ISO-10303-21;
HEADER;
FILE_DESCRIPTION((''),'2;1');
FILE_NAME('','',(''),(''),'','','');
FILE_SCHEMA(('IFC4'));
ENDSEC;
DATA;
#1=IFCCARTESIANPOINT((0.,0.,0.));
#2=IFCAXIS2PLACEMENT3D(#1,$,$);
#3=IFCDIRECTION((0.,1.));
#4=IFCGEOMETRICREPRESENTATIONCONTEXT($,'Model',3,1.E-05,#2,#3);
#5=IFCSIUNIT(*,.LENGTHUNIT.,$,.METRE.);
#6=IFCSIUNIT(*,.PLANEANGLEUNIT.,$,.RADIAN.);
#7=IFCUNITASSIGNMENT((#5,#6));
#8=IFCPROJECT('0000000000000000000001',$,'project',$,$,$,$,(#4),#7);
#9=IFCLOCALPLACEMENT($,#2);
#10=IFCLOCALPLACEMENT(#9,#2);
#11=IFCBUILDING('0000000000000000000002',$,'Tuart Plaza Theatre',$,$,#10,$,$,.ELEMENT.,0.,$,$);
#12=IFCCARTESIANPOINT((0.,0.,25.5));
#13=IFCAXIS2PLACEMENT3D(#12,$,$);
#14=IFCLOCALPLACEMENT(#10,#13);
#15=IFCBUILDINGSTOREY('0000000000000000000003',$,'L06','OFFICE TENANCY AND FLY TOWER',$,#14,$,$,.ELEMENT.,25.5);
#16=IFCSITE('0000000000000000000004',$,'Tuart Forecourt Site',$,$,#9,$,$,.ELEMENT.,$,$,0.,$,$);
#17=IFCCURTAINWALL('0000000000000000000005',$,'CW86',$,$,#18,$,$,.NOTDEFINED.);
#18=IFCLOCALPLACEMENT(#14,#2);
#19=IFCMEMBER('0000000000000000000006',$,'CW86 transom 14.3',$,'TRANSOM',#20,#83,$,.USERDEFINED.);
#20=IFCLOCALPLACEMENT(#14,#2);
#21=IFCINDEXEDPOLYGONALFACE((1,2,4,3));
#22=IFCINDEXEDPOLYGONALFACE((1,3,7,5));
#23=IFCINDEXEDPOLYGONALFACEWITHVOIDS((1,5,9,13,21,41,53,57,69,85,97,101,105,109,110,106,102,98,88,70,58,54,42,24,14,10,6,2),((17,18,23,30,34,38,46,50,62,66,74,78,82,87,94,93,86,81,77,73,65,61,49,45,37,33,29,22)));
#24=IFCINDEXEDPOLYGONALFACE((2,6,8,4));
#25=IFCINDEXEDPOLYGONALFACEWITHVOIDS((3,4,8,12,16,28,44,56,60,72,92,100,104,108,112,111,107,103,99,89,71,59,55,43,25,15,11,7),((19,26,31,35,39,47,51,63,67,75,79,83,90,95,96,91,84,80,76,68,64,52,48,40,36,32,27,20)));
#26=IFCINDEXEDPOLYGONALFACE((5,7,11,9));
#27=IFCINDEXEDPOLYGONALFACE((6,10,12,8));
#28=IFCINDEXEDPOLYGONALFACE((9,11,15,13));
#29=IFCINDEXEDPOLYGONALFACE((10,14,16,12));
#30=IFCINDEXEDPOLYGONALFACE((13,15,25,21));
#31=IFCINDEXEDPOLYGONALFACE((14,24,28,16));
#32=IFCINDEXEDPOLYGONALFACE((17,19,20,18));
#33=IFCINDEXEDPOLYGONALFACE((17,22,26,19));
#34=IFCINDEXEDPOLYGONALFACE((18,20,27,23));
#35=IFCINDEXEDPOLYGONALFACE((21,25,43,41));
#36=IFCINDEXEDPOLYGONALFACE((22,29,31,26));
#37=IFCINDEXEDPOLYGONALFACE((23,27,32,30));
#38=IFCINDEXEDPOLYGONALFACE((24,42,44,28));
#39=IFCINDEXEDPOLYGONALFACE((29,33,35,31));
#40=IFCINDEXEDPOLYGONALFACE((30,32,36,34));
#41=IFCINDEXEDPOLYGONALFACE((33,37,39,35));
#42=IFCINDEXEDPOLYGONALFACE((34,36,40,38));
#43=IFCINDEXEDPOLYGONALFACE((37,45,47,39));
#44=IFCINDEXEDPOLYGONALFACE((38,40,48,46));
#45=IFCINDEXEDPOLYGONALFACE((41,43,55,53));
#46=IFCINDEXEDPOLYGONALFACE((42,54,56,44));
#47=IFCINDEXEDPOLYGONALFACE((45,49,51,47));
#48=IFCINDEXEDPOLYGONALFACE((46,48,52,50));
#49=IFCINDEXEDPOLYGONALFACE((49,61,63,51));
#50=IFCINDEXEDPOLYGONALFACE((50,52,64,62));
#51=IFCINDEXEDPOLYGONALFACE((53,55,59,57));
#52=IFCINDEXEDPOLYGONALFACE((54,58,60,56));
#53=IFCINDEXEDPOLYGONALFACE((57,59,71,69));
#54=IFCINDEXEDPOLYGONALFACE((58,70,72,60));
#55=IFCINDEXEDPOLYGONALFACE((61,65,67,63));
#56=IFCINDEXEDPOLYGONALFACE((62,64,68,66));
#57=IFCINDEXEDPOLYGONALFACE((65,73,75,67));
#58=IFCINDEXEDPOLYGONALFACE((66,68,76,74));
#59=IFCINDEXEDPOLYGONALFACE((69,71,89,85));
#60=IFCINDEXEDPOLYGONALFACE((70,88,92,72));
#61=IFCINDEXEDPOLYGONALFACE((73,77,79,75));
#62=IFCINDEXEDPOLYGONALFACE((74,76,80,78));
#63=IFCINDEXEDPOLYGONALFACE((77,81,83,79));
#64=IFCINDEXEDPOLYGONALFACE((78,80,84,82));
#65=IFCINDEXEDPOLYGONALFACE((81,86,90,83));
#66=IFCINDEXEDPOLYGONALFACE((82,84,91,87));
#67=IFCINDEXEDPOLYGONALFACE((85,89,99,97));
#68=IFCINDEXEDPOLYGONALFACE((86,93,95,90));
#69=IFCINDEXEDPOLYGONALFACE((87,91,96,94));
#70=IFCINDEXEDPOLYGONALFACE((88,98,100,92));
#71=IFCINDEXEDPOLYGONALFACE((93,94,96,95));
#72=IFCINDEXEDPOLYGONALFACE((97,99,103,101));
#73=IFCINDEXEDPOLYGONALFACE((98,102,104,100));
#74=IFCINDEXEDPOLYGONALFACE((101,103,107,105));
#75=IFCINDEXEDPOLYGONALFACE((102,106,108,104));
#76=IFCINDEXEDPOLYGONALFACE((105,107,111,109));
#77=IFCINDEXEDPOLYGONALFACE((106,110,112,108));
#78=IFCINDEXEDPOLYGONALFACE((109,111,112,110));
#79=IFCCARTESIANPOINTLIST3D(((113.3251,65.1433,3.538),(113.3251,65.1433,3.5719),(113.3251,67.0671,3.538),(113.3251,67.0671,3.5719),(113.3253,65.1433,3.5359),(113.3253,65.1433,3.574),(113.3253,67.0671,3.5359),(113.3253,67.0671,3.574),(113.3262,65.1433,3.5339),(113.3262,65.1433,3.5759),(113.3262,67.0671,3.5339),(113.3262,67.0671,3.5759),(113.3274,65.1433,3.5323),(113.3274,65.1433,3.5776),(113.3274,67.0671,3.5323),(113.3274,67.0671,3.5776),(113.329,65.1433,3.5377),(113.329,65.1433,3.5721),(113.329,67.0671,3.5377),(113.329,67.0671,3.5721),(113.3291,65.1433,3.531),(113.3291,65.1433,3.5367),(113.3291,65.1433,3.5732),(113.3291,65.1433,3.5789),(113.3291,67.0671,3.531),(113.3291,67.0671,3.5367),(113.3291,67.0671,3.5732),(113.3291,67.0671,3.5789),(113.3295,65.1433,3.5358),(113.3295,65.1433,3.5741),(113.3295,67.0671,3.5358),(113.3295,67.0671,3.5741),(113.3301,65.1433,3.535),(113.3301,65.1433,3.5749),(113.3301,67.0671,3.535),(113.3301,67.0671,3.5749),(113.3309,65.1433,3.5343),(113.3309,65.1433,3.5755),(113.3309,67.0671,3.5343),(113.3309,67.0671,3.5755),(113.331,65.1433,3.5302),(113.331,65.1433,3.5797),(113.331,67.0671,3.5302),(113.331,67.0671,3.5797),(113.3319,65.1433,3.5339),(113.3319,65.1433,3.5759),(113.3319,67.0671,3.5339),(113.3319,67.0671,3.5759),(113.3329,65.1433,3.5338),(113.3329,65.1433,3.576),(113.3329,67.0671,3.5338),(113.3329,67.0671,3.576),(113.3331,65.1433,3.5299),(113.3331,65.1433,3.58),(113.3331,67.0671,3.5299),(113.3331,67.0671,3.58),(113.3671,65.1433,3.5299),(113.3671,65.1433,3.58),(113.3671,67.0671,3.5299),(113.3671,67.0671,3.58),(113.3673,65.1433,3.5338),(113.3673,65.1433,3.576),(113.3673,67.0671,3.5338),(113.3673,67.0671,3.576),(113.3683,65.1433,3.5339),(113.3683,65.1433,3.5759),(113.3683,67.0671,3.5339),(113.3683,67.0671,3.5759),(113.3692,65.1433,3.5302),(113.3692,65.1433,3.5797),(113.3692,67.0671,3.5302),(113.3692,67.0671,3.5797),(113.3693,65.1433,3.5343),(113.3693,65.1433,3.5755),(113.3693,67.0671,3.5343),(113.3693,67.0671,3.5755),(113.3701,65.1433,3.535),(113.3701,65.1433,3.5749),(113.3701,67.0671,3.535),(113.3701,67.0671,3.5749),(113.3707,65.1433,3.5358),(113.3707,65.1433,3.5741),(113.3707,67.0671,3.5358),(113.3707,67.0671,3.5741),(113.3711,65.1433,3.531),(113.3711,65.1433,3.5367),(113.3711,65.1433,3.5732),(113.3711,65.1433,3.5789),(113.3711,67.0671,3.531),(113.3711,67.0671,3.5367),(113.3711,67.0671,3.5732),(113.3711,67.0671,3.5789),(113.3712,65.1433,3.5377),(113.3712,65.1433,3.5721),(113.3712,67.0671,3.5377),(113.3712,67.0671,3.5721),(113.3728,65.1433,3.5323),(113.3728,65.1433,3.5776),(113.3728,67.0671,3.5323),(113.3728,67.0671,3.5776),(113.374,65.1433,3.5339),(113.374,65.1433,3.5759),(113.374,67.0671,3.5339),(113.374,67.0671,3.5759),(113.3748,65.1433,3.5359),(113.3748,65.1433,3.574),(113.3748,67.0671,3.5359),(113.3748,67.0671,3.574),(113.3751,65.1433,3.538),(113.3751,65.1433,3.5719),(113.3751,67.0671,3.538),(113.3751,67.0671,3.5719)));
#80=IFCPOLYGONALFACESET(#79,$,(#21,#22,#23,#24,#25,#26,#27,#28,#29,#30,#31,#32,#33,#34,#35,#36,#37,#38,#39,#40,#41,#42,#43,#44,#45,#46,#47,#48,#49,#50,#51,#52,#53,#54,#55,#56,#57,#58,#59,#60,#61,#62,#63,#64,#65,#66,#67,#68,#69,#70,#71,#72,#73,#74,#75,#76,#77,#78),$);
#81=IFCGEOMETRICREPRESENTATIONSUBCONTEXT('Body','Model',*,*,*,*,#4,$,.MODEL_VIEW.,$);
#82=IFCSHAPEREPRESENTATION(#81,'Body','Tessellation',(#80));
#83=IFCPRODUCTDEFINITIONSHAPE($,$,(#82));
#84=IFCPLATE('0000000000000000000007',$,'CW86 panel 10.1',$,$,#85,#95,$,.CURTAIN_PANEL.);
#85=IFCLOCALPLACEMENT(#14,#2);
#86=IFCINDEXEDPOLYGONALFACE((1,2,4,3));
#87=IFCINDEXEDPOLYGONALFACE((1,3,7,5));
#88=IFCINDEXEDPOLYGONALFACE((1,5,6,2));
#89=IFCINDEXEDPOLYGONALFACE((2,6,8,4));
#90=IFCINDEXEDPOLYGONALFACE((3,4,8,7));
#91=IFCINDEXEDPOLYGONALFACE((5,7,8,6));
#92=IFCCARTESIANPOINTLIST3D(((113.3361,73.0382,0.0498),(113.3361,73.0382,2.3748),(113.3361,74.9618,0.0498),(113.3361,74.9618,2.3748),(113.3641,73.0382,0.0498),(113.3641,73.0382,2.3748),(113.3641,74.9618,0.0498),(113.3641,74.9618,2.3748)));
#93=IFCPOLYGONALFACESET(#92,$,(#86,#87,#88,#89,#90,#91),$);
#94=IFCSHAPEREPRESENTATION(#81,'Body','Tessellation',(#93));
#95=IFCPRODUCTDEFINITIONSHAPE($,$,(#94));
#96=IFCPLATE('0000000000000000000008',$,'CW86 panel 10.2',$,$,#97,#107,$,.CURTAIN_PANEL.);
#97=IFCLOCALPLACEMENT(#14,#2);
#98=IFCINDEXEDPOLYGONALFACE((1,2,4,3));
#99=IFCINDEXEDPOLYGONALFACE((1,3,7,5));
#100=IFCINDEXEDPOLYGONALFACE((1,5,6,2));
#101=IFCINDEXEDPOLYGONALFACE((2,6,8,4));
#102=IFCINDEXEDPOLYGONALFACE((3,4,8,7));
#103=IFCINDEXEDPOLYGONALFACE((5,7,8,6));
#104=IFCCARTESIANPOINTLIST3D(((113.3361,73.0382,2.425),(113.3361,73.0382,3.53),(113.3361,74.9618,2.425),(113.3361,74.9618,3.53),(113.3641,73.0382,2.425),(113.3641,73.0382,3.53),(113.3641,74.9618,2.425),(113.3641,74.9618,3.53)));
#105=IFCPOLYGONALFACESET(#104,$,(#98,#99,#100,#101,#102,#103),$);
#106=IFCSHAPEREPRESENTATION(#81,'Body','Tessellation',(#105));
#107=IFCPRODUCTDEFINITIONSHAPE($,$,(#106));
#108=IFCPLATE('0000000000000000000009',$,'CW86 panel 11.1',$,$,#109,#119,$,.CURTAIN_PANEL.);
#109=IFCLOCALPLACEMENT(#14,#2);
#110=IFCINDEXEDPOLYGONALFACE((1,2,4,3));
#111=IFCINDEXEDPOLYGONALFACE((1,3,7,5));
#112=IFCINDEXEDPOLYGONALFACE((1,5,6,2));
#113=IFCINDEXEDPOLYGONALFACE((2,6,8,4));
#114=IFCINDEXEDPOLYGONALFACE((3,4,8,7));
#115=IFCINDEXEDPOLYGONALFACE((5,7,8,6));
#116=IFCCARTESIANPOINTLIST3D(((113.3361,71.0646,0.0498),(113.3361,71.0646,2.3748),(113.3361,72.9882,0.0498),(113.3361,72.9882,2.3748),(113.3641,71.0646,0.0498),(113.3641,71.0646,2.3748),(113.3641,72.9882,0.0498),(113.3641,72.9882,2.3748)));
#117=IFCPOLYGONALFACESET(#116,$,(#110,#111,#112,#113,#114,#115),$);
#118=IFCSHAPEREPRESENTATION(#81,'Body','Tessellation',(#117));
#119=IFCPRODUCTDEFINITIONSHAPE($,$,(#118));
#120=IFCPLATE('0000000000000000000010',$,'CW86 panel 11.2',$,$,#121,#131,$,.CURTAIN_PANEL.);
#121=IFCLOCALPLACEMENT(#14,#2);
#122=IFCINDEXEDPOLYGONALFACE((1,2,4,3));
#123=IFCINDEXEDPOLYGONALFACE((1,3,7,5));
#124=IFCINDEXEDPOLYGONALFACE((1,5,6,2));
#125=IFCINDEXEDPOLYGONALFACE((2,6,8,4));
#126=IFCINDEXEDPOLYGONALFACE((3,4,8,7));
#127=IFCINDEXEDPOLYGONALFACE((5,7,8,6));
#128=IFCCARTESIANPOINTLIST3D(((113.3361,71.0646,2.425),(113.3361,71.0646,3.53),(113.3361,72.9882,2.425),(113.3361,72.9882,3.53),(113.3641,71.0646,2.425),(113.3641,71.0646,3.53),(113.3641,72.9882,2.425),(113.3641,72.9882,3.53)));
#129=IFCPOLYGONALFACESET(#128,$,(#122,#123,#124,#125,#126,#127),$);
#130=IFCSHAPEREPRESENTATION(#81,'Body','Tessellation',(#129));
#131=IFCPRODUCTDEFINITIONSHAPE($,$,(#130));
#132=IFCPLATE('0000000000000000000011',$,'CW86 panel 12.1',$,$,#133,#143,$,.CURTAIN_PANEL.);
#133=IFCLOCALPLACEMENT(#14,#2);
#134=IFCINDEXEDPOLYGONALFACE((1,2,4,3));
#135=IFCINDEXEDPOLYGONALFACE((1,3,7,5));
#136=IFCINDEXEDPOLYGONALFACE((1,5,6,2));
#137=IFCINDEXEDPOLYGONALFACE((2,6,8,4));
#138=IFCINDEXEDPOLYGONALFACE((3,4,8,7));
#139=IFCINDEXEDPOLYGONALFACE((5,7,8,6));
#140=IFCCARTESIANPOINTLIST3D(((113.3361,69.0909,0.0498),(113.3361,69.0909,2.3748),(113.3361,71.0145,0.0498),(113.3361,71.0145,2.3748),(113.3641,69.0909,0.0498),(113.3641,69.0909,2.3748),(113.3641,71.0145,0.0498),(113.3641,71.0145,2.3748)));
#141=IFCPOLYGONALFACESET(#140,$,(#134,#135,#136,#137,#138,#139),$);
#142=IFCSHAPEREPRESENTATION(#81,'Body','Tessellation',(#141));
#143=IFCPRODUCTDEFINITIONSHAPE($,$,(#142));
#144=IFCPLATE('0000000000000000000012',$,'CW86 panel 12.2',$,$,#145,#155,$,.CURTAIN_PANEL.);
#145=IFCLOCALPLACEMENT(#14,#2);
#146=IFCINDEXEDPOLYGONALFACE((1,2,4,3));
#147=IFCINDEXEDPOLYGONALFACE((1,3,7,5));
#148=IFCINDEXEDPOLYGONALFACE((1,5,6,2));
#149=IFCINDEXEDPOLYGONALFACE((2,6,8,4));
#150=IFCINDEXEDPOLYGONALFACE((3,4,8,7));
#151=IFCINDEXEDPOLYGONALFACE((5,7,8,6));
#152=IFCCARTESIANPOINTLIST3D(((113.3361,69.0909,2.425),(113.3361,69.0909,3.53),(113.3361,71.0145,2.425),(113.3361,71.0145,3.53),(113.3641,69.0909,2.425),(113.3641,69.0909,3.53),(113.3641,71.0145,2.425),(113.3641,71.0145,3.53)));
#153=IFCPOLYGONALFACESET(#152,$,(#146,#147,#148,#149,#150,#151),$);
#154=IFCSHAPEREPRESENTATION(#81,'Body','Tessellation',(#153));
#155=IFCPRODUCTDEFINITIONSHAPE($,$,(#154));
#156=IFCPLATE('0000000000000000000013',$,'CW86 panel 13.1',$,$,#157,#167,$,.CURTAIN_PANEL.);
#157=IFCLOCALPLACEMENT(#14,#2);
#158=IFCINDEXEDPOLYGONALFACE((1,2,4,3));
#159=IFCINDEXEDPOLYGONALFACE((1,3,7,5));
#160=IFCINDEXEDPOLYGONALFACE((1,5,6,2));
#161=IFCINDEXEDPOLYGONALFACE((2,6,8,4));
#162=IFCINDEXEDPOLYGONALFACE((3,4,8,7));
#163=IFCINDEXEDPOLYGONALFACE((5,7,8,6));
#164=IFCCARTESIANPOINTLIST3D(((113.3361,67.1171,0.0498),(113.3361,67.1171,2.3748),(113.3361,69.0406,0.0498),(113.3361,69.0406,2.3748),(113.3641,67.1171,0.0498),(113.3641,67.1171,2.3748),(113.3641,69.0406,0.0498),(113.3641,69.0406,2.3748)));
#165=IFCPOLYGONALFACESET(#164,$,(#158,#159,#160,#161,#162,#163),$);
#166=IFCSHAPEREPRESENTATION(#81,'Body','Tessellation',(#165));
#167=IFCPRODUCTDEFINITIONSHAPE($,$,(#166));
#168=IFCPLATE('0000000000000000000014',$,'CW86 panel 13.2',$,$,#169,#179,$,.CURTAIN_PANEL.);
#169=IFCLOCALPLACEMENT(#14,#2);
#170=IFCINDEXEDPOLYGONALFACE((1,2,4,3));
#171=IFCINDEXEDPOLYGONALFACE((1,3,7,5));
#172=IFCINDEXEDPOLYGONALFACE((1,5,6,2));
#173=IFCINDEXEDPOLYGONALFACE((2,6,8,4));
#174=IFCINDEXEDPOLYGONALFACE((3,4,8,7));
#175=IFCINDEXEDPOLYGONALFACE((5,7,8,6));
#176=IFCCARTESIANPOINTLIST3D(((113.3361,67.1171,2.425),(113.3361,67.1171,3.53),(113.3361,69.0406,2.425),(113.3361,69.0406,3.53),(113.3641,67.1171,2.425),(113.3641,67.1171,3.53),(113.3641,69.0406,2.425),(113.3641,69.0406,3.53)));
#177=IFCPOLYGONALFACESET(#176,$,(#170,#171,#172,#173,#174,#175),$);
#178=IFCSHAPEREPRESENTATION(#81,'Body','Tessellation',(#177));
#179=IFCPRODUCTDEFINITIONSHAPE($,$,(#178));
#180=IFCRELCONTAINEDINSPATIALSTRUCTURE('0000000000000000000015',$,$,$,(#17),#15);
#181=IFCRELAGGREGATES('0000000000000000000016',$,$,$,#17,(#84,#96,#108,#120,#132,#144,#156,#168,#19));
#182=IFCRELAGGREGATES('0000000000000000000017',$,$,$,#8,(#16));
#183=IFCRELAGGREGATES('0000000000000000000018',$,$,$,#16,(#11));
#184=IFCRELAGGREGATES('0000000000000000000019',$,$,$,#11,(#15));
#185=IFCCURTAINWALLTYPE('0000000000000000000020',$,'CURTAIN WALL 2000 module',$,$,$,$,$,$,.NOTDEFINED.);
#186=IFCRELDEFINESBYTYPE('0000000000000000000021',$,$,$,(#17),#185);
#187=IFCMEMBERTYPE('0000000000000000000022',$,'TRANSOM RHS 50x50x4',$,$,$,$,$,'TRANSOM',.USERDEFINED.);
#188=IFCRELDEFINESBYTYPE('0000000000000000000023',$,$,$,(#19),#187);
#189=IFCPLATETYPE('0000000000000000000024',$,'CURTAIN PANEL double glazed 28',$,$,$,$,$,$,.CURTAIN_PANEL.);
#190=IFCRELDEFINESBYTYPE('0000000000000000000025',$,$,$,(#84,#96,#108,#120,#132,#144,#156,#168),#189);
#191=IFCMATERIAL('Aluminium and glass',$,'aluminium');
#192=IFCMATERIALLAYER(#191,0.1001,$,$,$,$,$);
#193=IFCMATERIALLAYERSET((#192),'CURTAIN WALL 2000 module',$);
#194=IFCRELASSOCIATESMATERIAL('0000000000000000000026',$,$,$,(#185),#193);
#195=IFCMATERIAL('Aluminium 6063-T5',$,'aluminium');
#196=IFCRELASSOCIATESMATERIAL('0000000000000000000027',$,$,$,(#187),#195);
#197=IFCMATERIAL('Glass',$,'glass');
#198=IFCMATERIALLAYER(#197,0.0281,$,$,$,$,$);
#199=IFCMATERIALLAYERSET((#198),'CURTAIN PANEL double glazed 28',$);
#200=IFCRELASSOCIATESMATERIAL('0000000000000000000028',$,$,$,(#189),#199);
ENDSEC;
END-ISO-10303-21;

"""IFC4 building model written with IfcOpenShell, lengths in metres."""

from ifc_helpers import new_model, si_unit, direction, frame, origin, origin_2d, place, context, subcontext, project, spatial, rectangle, hollow_rectangle, extrude, material, layer, layer_set, material_profile, profile_set, type_object, element, aggregate, save


model = new_model("IFC4")

# Units and contexts
model_context = context("Model", 3, precision=1e-05, world=origin(), true_north=direction((0.0, 1.0)))
body_context = subcontext(model_context, "Body", "Model", "MODEL_VIEW")
ifc_project = project(units=[si_unit("LENGTHUNIT", "METRE"), si_unit("PLANEANGLEUNIT", "RADIAN")], contexts=[model_context])

# Site, building, storey
site_placement = place(None, origin())
site = spatial("IfcSite", under=ifc_project, at=site_placement, Name="Tuart Forecourt Site", CompositionType="ELEMENT", RefElevation=0.0)
building_placement = place(site_placement, origin())
building = spatial("IfcBuilding", under=site, at=building_placement, Name="Tuart Plaza Theatre", CompositionType="ELEMENT", ElevationOfRefHeight=0.0)
storey_placement = place(building_placement, frame((0.0, 0.0, 25.5)))
storey = spatial("IfcBuildingStorey", under=building, at=storey_placement, Name="L06", Description="OFFICE TENANCY AND FLY TOWER", CompositionType="ELEMENT", Elevation=25.5)

# Curtain wall, member, plates
ifc_material_1 = material(Name="Aluminium and glass", Category="aluminium")
ifc_layer_1 = layer(ifc_material_1, 0.1001)
ifc_layer_set_1 = layer_set([ifc_layer_1], Name="CURTAIN WALL 2000 module")
curtain_wall_type = type_object("IfcCurtainWallType", Name="CURTAIN WALL 2000 module", PredefinedType="NOTDEFINED", material=ifc_layer_set_1)
curtain_wall_placement = place(storey_placement, origin())
curtain_wall = element("IfcCurtainWall", 1, at=curtain_wall_placement, inside=storey, type_object=curtain_wall_type, Name="CW86", PredefinedType="NOTDEFINED")
ifc_material_2 = material(Name="Aluminium 6063-T5", Category="aluminium")
ifc_material_profile_1 = material_profile(ifc_material_2, hollow_rectangle(XDim=0.05, YDim=0.05, WallThickness=0.0039, InnerFilletRadius=0.0039, OuterFilletRadius=0.0081, at=origin_2d()), Name="RHS 50x50x4")
ifc_profile_set_1 = profile_set([ifc_material_profile_1], Name="Aluminium 6063-T5")
member_type = type_object("IfcMemberType", Name="TRANSOM RHS 50x50x4", ElementType="TRANSOM", PredefinedType="USERDEFINED", material=ifc_profile_set_1)
member_1_placement = place(storey_placement, frame((113.3501, 67.0671, 3.5549), z_axis=(0.0, -1.0, 0.0), x_axis=(1.0, 0.0, 0.0)))
member_1 = element("IfcMember", 2, at=member_1_placement, type_object=member_type, Name="CW86 transom 14.3", ObjectType="TRANSOM", PredefinedType="USERDEFINED", context=body_context, shape_type="SweptSolid", body=[
    extrude(hollow_rectangle(XDim=0.05, YDim=0.05, WallThickness=0.0039, InnerFilletRadius=0.0039, OuterFilletRadius=0.0081, at=origin_2d()), origin(), (0.0, 0.0, 1.0), 1.9238),
])
ifc_material_3 = material(Name="Glass", Category="glass")
ifc_layer_2 = layer(ifc_material_3, 0.0281)
ifc_layer_set_2 = layer_set([ifc_layer_2], Name="CURTAIN PANEL double glazed 28")
plate_type = type_object("IfcPlateType", Name="CURTAIN PANEL double glazed 28", PredefinedType="CURTAIN_PANEL", material=ifc_layer_set_2)
plate_1_placement = place(storey_placement, frame((113.3501, 74.0, 0.0498), z_axis=(0.0, 0.0, 1.0), x_axis=(0.0, -1.0, 0.0)))
plate_1 = element("IfcPlate", 3, at=plate_1_placement, type_object=plate_type, Name="CW86 panel 10.1", PredefinedType="CURTAIN_PANEL", context=body_context, shape_type="SweptSolid", body=[
    extrude(rectangle(XDim=1.9236, YDim=0.0281, at=origin_2d()), origin(), (0.0, 0.0, 1.0), 2.325),
])
plate_2_placement = place(storey_placement, frame((113.3501, 74.0, 2.425), z_axis=(0.0, 0.0, 1.0), x_axis=(0.0, -1.0, 0.0)))
plate_2 = element("IfcPlate", 4, at=plate_2_placement, type_object=plate_type, Name="CW86 panel 10.2", PredefinedType="CURTAIN_PANEL", context=body_context, shape_type="SweptSolid", body=[
    extrude(rectangle(XDim=1.9236, YDim=0.0281, at=origin_2d()), origin(), (0.0, 0.0, 1.0), 1.105),
])
plate_3_placement = place(storey_placement, frame((113.3501, 72.0264, 0.0498), z_axis=(0.0, 0.0, 1.0), x_axis=(0.0, -1.0, 0.0)))
plate_3 = element("IfcPlate", 5, at=plate_3_placement, type_object=plate_type, Name="CW86 panel 11.1", PredefinedType="CURTAIN_PANEL", context=body_context, shape_type="SweptSolid", body=[
    extrude(rectangle(XDim=1.9236, YDim=0.0281, at=origin_2d()), origin(), (0.0, 0.0, 1.0), 2.325),
])
plate_4_placement = place(storey_placement, frame((113.3501, 72.0264, 2.425), z_axis=(0.0, 0.0, 1.0), x_axis=(0.0, -1.0, 0.0)))
plate_4 = element("IfcPlate", 6, at=plate_4_placement, type_object=plate_type, Name="CW86 panel 11.2", PredefinedType="CURTAIN_PANEL", context=body_context, shape_type="SweptSolid", body=[
    extrude(rectangle(XDim=1.9236, YDim=0.0281, at=origin_2d()), origin(), (0.0, 0.0, 1.0), 1.105),
])
plate_5_placement = place(storey_placement, frame((113.3501, 70.0527, 0.0498), z_axis=(0.0, 0.0, 1.0), x_axis=(0.0, -1.0, 0.0)))
plate_5 = element("IfcPlate", 7, at=plate_5_placement, type_object=plate_type, Name="CW86 panel 12.1", PredefinedType="CURTAIN_PANEL", context=body_context, shape_type="SweptSolid", body=[
    extrude(rectangle(XDim=1.9236, YDim=0.0281, at=origin_2d()), origin(), (0.0, 0.0, 1.0), 2.325),
])
plate_6_placement = place(storey_placement, frame((113.3501, 70.0527, 2.425), z_axis=(0.0, 0.0, 1.0), x_axis=(0.0, -1.0, 0.0)))
plate_6 = element("IfcPlate", 8, at=plate_6_placement, type_object=plate_type, Name="CW86 panel 12.2", PredefinedType="CURTAIN_PANEL", context=body_context, shape_type="SweptSolid", body=[
    extrude(rectangle(XDim=1.9236, YDim=0.0281, at=origin_2d()), origin(), (0.0, 0.0, 1.0), 1.105),
])
plate_7_placement = place(storey_placement, frame((113.3501, 68.0789, 0.0498), z_axis=(0.0, 0.0, 1.0), x_axis=(0.0, -1.0, 0.0)))
plate_7 = element("IfcPlate", 9, at=plate_7_placement, type_object=plate_type, Name="CW86 panel 13.1", PredefinedType="CURTAIN_PANEL", context=body_context, shape_type="SweptSolid", body=[
    extrude(rectangle(XDim=1.9236, YDim=0.0281, at=origin_2d()), origin(), (0.0, 0.0, 1.0), 2.325),
])
plate_8_placement = place(storey_placement, frame((113.3501, 68.0789, 2.425), z_axis=(0.0, 0.0, 1.0), x_axis=(0.0, -1.0, 0.0)))
plate_8 = element("IfcPlate", 10, at=plate_8_placement, type_object=plate_type, Name="CW86 panel 13.2", PredefinedType="CURTAIN_PANEL", context=body_context, shape_type="SweptSolid", body=[
    extrude(rectangle(XDim=1.9236, YDim=0.0281, at=origin_2d()), origin(), (0.0, 0.0, 1.0), 1.105),
])
aggregate(curtain_wall, [plate_1, plate_2, plate_3, plate_4, plate_5, plate_6, plate_7, plate_8, member_1])

save(model, "model.ifc")
